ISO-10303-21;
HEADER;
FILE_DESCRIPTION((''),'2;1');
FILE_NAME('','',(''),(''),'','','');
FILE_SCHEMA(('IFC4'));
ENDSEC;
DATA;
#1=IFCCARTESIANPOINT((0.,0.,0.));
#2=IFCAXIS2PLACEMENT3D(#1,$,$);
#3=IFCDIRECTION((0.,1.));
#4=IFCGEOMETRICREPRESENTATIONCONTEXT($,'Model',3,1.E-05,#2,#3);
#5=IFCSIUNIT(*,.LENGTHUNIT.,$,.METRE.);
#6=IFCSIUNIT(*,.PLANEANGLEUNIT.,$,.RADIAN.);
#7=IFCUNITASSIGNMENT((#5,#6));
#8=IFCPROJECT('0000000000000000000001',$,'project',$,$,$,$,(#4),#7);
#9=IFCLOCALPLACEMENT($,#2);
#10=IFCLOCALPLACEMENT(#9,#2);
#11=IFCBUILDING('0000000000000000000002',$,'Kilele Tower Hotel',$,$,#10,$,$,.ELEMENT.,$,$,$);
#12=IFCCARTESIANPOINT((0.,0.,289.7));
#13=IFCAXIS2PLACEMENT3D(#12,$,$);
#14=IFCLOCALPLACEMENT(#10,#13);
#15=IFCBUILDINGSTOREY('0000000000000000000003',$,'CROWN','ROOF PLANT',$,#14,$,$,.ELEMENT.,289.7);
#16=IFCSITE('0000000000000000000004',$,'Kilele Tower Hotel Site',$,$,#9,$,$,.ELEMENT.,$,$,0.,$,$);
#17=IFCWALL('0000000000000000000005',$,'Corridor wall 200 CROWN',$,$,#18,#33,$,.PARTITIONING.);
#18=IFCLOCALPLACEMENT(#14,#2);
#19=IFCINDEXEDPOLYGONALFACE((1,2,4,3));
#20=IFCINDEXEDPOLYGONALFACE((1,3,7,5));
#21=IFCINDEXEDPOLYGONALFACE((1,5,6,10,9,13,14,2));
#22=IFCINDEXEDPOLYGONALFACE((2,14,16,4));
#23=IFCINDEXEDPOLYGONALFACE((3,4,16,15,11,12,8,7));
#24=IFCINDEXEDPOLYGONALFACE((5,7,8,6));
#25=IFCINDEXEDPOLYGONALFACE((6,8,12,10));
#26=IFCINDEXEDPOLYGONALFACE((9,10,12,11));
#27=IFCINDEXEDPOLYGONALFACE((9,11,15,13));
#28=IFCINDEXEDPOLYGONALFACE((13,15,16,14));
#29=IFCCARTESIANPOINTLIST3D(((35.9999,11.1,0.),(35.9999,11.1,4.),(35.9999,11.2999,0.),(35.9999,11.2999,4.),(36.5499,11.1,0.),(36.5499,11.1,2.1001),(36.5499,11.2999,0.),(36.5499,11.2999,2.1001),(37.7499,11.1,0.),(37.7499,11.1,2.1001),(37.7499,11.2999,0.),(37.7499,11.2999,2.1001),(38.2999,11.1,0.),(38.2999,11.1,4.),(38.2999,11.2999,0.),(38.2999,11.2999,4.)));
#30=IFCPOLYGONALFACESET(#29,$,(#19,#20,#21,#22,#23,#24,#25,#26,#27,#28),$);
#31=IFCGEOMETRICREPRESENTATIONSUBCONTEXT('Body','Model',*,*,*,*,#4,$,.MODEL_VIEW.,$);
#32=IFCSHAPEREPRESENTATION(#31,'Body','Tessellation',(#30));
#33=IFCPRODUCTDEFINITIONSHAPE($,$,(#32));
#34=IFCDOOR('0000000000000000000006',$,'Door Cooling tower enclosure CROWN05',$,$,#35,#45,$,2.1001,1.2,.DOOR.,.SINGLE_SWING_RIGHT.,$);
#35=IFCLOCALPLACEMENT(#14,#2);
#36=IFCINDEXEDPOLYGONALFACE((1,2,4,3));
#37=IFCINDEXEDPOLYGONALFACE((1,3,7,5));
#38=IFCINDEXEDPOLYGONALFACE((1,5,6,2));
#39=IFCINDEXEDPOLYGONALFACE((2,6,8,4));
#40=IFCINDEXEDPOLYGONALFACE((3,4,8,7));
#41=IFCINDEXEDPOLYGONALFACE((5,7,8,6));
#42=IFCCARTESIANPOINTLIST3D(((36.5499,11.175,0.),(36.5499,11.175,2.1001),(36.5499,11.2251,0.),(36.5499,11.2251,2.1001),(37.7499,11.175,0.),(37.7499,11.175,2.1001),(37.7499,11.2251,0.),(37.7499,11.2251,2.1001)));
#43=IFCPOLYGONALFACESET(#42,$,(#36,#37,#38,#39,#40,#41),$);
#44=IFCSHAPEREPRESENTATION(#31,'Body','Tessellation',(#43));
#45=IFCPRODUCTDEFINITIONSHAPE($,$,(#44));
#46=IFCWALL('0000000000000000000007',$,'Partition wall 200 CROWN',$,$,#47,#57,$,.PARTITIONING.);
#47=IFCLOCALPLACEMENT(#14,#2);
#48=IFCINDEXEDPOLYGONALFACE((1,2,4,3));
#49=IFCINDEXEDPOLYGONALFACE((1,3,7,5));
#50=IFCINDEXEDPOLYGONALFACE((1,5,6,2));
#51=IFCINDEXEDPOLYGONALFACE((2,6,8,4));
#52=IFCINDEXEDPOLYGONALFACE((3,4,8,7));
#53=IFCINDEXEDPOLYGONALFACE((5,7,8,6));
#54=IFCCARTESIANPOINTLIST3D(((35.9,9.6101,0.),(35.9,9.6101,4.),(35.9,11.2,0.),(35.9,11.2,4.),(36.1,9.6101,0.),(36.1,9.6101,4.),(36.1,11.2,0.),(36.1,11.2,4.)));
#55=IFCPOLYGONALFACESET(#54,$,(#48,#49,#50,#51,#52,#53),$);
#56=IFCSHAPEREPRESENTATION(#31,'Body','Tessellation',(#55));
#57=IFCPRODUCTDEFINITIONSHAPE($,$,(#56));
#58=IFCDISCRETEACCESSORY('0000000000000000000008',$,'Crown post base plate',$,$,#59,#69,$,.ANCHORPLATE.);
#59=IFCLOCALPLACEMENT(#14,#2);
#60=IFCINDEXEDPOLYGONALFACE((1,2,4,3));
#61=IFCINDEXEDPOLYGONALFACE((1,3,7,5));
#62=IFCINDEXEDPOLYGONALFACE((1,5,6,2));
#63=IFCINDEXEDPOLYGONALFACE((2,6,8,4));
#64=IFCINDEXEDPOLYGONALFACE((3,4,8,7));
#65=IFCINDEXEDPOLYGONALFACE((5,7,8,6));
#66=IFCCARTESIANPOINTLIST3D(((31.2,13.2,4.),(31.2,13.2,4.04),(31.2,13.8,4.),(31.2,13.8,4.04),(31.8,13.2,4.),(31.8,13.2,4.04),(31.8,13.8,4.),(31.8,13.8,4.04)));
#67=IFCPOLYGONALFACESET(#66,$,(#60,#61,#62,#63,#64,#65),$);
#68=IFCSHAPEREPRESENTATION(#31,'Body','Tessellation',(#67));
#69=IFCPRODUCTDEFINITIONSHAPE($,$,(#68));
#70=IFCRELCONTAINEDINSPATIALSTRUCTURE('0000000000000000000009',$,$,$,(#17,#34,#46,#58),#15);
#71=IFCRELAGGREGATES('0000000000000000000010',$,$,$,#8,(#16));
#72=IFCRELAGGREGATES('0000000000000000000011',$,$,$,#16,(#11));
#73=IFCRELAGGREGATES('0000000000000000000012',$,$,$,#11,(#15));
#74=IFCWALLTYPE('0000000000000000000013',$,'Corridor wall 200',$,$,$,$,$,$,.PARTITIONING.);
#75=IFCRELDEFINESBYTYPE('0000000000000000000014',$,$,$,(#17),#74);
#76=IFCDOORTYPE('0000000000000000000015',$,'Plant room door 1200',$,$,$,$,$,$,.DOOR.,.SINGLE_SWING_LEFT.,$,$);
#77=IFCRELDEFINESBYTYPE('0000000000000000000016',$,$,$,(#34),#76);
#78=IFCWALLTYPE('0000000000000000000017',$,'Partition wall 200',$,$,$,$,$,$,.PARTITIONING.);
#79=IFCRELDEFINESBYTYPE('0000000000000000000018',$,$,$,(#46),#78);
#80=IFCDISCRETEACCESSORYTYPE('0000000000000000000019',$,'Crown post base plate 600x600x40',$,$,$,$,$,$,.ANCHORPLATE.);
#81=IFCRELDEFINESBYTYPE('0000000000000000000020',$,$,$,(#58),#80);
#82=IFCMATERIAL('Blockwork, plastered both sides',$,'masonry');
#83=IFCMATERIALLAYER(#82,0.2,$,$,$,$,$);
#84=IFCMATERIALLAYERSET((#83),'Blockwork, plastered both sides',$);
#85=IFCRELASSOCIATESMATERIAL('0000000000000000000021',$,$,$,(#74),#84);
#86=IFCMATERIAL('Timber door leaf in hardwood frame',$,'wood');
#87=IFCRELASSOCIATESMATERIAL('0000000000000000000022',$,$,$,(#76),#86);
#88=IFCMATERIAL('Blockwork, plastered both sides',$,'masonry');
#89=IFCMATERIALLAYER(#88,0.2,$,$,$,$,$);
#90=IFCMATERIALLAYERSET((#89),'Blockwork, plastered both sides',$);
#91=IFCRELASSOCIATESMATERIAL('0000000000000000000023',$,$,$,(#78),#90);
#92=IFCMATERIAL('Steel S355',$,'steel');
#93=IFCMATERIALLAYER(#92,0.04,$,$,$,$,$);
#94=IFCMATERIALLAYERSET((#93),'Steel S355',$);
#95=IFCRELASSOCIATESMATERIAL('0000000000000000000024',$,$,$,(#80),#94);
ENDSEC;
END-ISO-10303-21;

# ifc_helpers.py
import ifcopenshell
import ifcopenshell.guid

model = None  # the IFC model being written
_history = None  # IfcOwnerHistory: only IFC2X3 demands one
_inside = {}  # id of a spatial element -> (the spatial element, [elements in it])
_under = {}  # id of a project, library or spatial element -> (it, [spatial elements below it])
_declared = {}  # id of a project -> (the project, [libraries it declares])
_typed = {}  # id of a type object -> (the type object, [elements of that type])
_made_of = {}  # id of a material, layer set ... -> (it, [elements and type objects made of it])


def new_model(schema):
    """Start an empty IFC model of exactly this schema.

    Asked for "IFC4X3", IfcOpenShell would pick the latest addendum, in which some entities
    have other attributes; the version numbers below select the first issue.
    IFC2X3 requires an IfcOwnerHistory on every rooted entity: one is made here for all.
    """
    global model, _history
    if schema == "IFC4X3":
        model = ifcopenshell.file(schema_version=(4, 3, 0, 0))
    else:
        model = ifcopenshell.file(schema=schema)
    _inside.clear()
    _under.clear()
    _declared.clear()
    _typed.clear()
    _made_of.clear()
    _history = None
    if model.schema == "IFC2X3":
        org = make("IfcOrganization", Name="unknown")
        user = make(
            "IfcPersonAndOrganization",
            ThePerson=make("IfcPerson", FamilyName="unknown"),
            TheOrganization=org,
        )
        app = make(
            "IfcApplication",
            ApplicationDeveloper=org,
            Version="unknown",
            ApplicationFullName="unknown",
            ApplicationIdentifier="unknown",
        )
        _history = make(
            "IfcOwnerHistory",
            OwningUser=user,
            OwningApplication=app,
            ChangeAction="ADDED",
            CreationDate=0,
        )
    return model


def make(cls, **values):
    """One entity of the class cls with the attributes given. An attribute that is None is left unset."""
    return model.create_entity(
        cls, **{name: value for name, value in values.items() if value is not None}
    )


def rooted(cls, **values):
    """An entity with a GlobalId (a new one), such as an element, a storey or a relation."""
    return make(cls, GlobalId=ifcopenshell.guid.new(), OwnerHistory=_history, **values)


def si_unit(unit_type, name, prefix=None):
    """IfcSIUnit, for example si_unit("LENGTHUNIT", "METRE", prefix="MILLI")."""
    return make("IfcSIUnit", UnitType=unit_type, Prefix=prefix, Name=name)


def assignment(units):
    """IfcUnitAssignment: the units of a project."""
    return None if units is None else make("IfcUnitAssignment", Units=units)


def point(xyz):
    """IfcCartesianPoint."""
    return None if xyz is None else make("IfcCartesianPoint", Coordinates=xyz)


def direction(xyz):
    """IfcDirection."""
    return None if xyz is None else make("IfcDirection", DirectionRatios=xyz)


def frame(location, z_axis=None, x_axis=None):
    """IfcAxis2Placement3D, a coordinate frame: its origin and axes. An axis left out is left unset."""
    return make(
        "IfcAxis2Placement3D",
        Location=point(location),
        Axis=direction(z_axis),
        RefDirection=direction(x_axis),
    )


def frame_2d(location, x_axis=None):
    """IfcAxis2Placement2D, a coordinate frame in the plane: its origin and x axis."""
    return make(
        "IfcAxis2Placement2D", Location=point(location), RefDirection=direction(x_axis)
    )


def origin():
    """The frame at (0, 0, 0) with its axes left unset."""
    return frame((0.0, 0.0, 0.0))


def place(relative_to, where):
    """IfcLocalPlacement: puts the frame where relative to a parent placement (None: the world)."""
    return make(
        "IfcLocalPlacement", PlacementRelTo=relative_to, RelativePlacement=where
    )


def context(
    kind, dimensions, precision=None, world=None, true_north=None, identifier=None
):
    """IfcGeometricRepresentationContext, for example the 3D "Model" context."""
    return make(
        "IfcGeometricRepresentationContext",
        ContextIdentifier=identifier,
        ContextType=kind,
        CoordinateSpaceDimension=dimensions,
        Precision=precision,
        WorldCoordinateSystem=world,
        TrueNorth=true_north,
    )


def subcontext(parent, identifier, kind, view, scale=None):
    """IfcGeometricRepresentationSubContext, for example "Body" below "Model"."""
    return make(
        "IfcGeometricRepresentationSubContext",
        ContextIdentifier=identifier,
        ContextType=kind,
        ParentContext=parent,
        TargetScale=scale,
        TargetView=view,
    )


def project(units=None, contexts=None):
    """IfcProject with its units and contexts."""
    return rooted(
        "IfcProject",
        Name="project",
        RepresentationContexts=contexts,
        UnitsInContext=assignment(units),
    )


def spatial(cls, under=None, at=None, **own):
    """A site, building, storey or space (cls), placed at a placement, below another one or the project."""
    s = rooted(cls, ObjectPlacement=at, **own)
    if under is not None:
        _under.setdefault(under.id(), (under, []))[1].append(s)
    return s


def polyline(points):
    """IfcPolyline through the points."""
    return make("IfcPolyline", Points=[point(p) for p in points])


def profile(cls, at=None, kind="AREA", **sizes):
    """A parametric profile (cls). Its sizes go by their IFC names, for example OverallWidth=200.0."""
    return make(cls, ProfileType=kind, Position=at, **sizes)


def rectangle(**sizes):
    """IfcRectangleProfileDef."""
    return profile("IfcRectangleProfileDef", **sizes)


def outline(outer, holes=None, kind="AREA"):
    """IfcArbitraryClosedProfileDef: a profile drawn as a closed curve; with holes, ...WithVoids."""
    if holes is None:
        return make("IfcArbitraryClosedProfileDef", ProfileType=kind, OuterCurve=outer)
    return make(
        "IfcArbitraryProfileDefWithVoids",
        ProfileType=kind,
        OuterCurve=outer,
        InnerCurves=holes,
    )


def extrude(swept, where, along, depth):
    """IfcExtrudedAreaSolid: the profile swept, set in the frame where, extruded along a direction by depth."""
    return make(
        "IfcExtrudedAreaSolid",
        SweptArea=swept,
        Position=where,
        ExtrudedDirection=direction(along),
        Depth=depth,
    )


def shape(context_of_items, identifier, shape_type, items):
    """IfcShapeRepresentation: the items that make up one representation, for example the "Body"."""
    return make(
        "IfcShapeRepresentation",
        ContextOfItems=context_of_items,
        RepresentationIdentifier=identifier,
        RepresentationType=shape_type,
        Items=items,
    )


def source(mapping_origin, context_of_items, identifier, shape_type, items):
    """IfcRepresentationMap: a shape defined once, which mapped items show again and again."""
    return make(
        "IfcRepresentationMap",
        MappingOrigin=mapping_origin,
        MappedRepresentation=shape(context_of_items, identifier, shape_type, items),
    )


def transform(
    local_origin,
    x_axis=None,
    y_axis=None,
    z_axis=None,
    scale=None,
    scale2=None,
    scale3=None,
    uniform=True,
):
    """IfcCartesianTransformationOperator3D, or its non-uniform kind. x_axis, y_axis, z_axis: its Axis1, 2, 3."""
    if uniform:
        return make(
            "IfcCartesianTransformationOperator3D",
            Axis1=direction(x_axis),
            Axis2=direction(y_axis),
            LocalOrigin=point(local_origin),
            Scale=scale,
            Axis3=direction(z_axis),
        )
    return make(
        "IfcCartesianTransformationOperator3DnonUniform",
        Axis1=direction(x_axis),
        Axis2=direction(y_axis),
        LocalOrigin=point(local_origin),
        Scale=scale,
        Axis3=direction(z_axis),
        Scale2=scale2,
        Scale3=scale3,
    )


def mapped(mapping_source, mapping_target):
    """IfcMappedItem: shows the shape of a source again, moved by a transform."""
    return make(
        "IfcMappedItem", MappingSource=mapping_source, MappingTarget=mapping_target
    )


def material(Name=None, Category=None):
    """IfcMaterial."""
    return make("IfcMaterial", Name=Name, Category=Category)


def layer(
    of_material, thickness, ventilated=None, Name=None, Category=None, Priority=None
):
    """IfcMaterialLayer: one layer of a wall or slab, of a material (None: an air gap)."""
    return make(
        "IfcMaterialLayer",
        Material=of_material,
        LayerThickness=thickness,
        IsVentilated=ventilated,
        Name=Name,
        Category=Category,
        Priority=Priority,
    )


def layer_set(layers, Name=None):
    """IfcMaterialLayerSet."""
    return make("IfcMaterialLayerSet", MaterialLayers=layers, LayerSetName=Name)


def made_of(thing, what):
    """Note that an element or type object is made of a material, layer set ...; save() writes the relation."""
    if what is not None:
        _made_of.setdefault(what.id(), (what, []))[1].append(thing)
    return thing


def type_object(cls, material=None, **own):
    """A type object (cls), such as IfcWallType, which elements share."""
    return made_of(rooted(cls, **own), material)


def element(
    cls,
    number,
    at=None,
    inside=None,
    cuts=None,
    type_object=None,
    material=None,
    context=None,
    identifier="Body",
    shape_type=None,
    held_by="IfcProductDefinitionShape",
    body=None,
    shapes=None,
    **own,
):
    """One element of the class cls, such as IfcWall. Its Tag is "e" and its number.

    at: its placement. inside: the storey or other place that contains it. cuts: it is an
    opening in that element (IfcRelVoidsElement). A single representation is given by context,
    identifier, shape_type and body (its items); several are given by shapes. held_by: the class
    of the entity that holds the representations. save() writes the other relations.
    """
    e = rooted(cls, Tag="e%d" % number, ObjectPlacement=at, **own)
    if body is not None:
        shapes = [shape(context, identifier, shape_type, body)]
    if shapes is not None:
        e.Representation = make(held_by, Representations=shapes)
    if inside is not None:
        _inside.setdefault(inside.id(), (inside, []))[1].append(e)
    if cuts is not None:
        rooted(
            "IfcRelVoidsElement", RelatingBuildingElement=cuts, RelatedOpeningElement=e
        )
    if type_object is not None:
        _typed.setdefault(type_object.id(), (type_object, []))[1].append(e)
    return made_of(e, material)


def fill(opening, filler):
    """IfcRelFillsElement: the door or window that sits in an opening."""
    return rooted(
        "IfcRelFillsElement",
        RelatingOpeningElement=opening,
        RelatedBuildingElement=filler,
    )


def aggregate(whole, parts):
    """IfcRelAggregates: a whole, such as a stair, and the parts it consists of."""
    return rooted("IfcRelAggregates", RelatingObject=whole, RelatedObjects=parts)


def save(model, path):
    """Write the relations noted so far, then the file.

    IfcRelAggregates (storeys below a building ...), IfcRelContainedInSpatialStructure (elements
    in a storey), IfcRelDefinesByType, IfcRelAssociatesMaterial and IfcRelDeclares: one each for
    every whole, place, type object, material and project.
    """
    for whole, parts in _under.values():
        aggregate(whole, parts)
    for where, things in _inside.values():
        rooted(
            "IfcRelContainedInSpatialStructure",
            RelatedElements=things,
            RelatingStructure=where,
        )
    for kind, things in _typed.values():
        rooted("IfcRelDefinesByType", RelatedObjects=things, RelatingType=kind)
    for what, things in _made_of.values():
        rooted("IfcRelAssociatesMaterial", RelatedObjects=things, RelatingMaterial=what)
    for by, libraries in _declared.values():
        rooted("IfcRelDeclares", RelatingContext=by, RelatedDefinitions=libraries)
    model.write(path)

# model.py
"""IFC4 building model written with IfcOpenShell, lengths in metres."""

from ifc_helpers import new_model, si_unit, direction, frame, frame_2d, origin, place, context, subcontext, project, spatial, polyline, rectangle, outline, extrude, source, transform, mapped, material, layer, layer_set, type_object, element, fill, save


model = new_model("IFC4")

# Units and contexts
model_context = context("Model", 3, precision=1e-05, world=origin(), true_north=direction((0.0, 1.0)))
body_context = subcontext(model_context, "Body", "Model", "MODEL_VIEW")
ifc_project = project(units=[si_unit("LENGTHUNIT", "METRE"), si_unit("PLANEANGLEUNIT", "RADIAN")], contexts=[model_context])

# Site, building, storey
site_placement = place(None, origin())
site = spatial("IfcSite", under=ifc_project, at=site_placement, Name="Kilele Tower Hotel Site", CompositionType="ELEMENT", RefElevation=0.0)
building_placement = place(site_placement, origin())
building = spatial("IfcBuilding", under=site, at=building_placement, Name="Kilele Tower Hotel", CompositionType="ELEMENT")
storey_placement = place(building_placement, frame((0.0, 0.0, 289.7)))
storey = spatial("IfcBuildingStorey", under=building, at=storey_placement, Name="CROWN", Description="ROOF PLANT", CompositionType="ELEMENT", Elevation=289.7)

# Wall, opening, door
ifc_material_1 = material(Name="Blockwork, plastered both sides", Category="masonry")
ifc_layer_1 = layer(ifc_material_1, 0.2)
ifc_layer_set_1 = layer_set([ifc_layer_1], Name="Blockwork, plastered both sides")
wall_type_1 = type_object("IfcWallType", Name="Corridor wall 200", PredefinedType="PARTITIONING", material=ifc_layer_set_1)
wall_1_placement = place(storey_placement, frame((36.0, 11.2, 0.0), z_axis=(0.0, 0.0, 1.0), x_axis=(1.0, 0.0, 0.0)))
wall_1 = element("IfcWall", 1, at=wall_1_placement, inside=storey, type_object=wall_type_1, Name="Corridor wall 200 CROWN", PredefinedType="PARTITIONING", context=body_context, shape_type="SweptSolid", body=[
    extrude(rectangle(XDim=2.3, YDim=0.2, at=frame_2d((1.1499, 0.0))), origin(), (0.0, 0.0, 1.0), 4.0),
])
opening_placement = place(wall_1_placement, frame((1.75, 0.0, 0.0), z_axis=(0.0, 0.0, 1.0), x_axis=(-1.0, 0.0, 0.0)))
opening = element("IfcOpeningElement", 2, at=opening_placement, cuts=wall_1, PredefinedType="OPENING", context=body_context, shape_type="SweptSolid", body=[
    extrude(rectangle(XDim=1.2, YDim=2.1001, at=frame_2d((0.6001, 1.05))), frame((0.0, 0.1099, 0.0), z_axis=(0.0, -1.0, 0.0), x_axis=(1.0, 0.0, 0.0)), (0.0, 0.0, 1.0), 0.22),
])
ifc_material_2 = material(Name="Timber door leaf in hardwood frame", Category="wood")
door_type = type_object("IfcDoorType", Name="Plant room door 1200", OperationType="SINGLE_SWING_LEFT", PredefinedType="DOOR", material=ifc_material_2)
door_placement = place(opening_placement, origin())
door = element("IfcDoor", 3, at=door_placement, inside=storey, type_object=door_type, Name="Door Cooling tower enclosure CROWN05", OperationType="SINGLE_SWING_RIGHT", OverallHeight=2.1001, OverallWidth=1.2, PredefinedType="DOOR", context=body_context, shape_type="SweptSolid", body=[
    extrude(rectangle(XDim=1.2, YDim=2.1001, at=frame_2d((0.6001, 1.05))), frame((0.0, 0.0249, 0.0), z_axis=(0.0, -1.0, 0.0), x_axis=(1.0, 0.0, 0.0)), (0.0, 0.0, 1.0), 0.05),
])
fill(opening, door)

# Wall
ifc_material_3 = material(Name="Blockwork, plastered both sides", Category="masonry")
ifc_layer_2 = layer(ifc_material_3, 0.2)
ifc_layer_set_2 = layer_set([ifc_layer_2], Name="Blockwork, plastered both sides")
wall_type_2 = type_object("IfcWallType", Name="Partition wall 200", PredefinedType="PARTITIONING", material=ifc_layer_set_2)
wall_2_placement = place(storey_placement, frame((36.0, 11.2, 0.0), z_axis=(0.0, 0.0, 1.0), x_axis=(0.0, -1.0, 0.0)))
element("IfcWall", 4, at=wall_2_placement, inside=storey, type_object=wall_type_2, Name="Partition wall 200 CROWN", PredefinedType="PARTITIONING", context=body_context, shape_type="SweptSolid", body=[
    extrude(rectangle(XDim=1.5898, YDim=0.2, at=frame_2d((0.7949, 0.0))), origin(), (0.0, 0.0, 1.0), 4.0),
])

# Discrete accessory
ifc_material_4 = material(Name="Steel S355", Category="steel")
ifc_layer_3 = layer(ifc_material_4, 0.04)
ifc_layer_set_3 = layer_set([ifc_layer_3], Name="Steel S355")
discrete_accessory_type_1 = type_object("IfcDiscreteAccessoryType", Name="Crown post base plate 600x600x40", PredefinedType="ANCHORPLATE", material=ifc_layer_set_3)
shared_shape_1 = source(origin(), body_context, "Body", "SweptSolid", [
    extrude(outline(polyline([(0.0, 0.0), (0.6001, 0.0), (0.6001, 0.04), (0.0, 0.04), (0.0, 0.0)])), origin(), (0.0, 0.0, 1.0), 0.6001),
])
discrete_accessory_1_placement = place(storey_placement, frame((31.2, 13.8, 4.0), z_axis=(0.0, -1.0, 0.0), x_axis=(1.0, 0.0, 0.0)))
element("IfcDiscreteAccessory", 5, at=discrete_accessory_1_placement, inside=storey, type_object=discrete_accessory_type_1, Name="Crown post base plate", PredefinedType="ANCHORPLATE", context=body_context, shape_type="MappedRepresentation", body=[
    mapped(shared_shape_1, transform((0.0, 0.0, 0.0))),
])

save(model, "model.ifc")
